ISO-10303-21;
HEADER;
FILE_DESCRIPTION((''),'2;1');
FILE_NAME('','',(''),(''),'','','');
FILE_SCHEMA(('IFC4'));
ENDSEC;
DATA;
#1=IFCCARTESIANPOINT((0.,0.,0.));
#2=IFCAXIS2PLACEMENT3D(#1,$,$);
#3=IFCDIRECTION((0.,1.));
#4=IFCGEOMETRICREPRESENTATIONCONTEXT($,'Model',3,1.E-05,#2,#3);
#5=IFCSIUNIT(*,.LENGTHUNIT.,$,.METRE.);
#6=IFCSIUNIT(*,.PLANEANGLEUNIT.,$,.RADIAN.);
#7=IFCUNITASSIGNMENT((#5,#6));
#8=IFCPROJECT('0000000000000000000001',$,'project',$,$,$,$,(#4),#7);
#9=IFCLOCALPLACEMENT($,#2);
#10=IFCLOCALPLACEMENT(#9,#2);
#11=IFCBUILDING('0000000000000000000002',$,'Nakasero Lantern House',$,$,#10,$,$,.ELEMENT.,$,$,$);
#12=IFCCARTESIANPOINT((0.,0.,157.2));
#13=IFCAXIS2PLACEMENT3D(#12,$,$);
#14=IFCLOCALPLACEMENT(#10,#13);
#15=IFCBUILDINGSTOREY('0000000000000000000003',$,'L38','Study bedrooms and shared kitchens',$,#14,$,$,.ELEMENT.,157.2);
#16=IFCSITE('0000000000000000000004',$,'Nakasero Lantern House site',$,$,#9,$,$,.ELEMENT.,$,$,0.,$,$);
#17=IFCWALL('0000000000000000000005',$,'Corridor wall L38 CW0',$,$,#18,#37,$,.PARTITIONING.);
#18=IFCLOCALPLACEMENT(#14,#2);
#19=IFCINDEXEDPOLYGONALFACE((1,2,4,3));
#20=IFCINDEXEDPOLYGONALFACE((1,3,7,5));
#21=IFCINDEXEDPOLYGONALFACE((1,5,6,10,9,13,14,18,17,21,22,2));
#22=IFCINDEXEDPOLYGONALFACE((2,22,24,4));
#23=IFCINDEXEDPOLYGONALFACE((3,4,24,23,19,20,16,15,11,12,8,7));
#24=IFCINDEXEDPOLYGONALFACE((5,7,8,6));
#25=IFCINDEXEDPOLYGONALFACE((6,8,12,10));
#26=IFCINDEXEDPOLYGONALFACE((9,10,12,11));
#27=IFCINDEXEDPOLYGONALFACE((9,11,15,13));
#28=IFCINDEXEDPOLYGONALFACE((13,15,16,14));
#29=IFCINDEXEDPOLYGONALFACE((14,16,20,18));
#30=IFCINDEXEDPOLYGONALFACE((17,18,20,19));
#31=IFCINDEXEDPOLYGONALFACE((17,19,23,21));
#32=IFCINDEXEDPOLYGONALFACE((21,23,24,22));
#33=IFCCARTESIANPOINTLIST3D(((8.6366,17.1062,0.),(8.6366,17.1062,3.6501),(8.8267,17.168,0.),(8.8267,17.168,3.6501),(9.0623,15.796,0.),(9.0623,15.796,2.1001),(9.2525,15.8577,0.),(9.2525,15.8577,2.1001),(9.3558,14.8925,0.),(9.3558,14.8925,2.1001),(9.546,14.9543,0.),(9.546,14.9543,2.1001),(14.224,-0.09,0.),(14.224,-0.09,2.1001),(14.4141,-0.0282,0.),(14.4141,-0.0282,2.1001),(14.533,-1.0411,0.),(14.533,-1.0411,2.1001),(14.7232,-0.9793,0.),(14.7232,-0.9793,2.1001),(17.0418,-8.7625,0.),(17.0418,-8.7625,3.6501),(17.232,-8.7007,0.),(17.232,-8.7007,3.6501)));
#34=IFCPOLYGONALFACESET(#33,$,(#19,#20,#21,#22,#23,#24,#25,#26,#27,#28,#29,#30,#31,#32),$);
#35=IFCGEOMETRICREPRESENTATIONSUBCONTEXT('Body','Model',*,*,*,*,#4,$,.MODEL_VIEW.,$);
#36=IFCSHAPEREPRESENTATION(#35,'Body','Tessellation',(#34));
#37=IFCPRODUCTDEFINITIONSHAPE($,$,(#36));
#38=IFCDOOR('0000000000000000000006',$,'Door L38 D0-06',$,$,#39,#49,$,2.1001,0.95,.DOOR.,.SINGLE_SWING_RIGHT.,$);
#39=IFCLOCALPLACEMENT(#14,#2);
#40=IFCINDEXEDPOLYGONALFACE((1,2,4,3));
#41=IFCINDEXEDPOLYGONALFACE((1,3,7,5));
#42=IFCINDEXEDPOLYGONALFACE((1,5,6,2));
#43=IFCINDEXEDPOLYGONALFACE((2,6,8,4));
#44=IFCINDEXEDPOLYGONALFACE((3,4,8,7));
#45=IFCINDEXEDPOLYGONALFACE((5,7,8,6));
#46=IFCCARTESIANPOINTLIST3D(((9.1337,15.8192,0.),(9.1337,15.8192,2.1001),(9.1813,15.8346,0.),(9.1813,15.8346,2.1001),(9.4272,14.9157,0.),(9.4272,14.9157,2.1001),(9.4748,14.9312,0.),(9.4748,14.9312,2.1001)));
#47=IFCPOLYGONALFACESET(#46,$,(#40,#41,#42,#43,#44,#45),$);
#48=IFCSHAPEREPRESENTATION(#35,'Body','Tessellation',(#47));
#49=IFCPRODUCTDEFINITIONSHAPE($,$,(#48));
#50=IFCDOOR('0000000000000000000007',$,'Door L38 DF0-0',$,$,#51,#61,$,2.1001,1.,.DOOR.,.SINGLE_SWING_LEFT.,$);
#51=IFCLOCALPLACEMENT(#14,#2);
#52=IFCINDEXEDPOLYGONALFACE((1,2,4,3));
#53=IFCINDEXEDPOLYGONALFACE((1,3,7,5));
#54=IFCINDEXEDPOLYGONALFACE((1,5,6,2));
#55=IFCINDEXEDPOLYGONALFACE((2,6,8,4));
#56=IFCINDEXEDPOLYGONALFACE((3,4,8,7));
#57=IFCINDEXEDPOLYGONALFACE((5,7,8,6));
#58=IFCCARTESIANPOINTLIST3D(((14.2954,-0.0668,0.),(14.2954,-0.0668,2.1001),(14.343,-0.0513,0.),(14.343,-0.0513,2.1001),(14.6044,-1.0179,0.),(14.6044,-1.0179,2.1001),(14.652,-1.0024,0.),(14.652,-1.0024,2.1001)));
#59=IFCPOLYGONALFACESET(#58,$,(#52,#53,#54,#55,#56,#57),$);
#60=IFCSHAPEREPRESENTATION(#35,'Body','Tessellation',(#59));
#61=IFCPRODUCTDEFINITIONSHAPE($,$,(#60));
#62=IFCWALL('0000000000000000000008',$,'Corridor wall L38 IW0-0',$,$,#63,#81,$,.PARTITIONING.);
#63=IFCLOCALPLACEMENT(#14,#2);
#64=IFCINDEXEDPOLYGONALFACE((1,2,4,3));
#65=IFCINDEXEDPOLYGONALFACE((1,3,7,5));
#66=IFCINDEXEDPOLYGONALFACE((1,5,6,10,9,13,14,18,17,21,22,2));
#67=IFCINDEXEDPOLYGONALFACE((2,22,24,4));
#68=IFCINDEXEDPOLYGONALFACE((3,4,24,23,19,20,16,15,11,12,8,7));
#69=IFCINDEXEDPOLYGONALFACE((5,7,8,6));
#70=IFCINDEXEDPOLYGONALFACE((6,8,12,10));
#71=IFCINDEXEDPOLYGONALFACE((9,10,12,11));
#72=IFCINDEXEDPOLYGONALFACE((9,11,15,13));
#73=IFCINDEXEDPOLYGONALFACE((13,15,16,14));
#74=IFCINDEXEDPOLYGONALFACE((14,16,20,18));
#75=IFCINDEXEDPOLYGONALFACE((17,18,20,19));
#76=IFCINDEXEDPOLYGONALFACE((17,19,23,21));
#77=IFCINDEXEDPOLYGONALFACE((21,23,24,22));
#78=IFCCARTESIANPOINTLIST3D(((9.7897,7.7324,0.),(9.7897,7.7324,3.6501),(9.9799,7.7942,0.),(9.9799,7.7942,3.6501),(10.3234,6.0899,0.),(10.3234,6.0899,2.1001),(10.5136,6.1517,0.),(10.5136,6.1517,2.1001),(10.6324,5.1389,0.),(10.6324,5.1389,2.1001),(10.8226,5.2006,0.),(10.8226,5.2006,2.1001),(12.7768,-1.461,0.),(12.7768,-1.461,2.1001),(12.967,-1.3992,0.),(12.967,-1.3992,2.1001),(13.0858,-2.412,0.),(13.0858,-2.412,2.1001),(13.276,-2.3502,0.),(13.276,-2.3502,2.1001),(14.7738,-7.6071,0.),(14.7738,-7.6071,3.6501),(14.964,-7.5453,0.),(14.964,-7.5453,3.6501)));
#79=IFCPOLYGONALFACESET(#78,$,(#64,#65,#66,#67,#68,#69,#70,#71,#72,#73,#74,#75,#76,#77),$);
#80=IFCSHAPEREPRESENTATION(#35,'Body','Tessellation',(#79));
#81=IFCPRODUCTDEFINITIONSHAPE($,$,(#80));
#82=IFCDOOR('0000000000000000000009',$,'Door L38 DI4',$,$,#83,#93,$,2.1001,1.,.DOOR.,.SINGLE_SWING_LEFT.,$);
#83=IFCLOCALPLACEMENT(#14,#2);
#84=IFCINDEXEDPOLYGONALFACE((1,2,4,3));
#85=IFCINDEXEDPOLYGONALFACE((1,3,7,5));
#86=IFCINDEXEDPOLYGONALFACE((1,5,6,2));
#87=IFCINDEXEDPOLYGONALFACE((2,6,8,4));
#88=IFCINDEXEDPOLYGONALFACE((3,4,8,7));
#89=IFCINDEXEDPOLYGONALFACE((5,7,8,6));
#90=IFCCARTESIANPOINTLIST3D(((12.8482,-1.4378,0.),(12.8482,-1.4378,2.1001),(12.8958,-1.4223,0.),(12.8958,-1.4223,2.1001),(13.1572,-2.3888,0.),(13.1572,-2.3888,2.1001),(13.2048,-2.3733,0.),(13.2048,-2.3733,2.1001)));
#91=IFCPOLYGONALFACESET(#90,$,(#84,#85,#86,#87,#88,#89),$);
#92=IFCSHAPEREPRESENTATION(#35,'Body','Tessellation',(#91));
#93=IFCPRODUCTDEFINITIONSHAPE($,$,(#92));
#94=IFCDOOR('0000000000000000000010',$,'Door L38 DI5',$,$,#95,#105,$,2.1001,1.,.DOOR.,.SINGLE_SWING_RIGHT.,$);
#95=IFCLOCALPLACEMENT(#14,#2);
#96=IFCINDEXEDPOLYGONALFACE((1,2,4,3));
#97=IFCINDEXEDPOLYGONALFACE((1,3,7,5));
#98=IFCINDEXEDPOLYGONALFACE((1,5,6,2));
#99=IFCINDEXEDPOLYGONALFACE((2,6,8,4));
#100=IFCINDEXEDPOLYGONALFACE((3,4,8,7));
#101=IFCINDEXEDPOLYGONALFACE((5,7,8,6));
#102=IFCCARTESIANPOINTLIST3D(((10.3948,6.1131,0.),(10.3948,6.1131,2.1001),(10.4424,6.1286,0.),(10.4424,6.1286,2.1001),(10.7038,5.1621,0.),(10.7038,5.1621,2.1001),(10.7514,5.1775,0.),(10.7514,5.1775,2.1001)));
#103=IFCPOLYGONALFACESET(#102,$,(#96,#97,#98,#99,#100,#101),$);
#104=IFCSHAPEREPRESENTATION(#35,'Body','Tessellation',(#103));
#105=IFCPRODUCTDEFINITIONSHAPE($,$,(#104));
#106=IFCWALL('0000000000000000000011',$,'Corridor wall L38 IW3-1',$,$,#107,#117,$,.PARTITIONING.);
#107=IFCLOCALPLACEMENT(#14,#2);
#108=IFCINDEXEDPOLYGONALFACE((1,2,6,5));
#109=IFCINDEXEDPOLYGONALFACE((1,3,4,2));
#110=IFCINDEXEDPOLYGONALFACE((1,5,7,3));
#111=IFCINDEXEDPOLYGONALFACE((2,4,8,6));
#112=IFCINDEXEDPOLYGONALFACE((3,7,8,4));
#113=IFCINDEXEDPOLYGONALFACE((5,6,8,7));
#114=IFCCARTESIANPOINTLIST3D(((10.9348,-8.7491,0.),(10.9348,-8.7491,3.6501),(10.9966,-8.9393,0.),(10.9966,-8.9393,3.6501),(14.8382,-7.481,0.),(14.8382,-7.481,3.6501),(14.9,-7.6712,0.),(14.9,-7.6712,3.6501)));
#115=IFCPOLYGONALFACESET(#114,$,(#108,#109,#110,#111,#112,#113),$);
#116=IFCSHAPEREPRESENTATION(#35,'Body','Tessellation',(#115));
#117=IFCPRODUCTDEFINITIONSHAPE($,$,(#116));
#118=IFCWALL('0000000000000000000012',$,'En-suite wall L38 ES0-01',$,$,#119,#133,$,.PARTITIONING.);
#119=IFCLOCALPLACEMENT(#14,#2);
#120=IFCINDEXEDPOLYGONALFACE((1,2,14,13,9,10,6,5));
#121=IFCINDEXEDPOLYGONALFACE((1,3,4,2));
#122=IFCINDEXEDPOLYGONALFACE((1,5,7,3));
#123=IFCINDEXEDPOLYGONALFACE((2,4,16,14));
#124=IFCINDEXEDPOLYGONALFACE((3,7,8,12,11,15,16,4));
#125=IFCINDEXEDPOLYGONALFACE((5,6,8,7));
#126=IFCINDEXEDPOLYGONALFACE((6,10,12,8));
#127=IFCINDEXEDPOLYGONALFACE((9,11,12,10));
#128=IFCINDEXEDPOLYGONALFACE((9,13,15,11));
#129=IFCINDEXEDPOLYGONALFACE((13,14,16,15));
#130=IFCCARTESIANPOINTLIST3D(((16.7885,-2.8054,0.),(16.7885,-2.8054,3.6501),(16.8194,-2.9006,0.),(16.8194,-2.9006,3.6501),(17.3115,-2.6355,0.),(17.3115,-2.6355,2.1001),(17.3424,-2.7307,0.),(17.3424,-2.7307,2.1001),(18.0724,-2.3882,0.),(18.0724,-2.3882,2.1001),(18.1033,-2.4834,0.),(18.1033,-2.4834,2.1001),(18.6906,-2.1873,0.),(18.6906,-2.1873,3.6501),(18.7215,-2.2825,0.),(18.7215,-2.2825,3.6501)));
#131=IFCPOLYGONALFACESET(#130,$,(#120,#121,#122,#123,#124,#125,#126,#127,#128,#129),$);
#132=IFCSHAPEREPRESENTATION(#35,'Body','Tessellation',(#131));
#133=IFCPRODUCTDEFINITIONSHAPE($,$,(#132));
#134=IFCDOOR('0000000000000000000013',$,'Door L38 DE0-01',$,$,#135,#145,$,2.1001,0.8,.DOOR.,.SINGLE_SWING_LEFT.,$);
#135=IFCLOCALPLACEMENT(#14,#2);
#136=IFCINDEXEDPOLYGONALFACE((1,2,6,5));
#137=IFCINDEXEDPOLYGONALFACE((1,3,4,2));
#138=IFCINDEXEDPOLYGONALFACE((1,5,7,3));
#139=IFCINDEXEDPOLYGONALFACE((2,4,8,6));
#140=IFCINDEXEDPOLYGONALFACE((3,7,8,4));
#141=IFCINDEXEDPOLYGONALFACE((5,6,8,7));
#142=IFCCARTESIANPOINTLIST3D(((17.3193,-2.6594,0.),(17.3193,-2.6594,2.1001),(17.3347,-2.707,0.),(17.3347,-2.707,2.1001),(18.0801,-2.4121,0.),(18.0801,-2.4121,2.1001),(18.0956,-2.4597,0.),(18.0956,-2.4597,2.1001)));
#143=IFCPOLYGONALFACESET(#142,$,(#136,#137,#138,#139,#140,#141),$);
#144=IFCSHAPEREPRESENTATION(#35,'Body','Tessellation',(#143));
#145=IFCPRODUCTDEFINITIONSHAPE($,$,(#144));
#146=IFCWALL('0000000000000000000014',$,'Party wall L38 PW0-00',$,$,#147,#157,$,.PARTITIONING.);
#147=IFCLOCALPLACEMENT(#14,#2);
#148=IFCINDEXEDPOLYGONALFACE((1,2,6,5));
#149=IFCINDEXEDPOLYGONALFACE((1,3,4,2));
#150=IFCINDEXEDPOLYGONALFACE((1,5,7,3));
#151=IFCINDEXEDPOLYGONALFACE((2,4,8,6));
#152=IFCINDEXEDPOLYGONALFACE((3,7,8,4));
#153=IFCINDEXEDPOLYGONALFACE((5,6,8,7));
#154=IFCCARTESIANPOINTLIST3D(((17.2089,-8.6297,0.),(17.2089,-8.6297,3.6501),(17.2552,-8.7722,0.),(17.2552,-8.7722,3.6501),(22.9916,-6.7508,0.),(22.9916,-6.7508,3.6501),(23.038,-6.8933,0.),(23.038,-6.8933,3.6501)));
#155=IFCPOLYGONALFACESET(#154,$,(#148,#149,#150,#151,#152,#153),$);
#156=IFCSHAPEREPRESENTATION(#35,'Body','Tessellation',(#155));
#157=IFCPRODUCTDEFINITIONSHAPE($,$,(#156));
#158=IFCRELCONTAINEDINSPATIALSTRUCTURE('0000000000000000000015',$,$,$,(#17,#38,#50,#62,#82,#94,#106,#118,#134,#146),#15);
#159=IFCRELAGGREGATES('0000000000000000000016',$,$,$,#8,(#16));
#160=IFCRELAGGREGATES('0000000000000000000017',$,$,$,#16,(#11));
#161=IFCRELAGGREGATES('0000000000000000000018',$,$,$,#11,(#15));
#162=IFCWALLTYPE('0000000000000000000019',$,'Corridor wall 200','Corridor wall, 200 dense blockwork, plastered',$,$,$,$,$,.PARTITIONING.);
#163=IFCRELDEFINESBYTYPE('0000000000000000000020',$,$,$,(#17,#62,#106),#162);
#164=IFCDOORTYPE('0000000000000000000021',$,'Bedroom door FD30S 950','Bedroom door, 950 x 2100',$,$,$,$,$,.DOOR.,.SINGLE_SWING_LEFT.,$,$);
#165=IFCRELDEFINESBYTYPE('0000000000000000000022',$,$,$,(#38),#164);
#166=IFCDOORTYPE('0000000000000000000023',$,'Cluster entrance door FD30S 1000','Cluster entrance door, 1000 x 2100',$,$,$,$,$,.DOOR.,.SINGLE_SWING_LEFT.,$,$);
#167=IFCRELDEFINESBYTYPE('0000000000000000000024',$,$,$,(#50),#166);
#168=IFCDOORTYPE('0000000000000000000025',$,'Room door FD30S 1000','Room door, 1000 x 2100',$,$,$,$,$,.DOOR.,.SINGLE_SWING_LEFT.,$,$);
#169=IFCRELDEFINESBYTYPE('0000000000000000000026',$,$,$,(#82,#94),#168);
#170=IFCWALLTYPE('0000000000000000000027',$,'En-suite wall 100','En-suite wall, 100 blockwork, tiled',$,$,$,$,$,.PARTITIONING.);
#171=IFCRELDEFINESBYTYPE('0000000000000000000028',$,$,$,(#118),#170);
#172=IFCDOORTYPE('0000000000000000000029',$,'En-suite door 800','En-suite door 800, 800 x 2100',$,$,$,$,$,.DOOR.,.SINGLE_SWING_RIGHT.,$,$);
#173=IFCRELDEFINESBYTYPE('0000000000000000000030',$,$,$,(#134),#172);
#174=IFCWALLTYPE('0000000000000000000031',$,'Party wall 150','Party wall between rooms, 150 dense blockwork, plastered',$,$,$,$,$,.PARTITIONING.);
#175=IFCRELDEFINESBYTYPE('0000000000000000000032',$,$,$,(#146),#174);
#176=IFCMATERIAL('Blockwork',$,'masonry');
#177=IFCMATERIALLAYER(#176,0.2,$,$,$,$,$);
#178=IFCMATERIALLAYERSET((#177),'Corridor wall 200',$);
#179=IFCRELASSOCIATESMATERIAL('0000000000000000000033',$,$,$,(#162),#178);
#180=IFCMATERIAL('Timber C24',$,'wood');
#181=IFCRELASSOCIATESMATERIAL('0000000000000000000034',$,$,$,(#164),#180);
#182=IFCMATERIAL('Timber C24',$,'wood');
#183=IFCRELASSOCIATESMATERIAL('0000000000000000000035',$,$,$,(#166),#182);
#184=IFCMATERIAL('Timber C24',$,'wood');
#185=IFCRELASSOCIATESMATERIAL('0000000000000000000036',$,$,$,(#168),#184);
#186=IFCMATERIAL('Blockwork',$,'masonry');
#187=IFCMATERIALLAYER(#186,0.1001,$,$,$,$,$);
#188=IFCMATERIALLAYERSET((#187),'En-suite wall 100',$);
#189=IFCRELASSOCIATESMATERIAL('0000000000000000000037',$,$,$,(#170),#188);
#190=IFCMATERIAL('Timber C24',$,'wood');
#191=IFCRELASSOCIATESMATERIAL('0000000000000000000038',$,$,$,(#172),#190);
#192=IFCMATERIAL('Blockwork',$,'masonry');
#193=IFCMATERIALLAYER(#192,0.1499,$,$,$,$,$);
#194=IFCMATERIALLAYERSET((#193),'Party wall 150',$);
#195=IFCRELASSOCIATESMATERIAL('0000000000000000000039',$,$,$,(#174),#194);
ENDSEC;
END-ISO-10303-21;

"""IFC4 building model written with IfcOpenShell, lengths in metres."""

from ifc_helpers import new_model, si_unit, direction, frame, frame_2d, origin, place, context, subcontext, project, spatial, rectangle, extrude, material, layer, layer_set, type_object, element, fill, save


model = new_model("IFC4")

# Units and contexts
model_context = context("Model", 3, precision=1e-05, world=origin(), true_north=direction((0.0, 1.0)))
body_context = subcontext(model_context, "Body", "Model", "MODEL_VIEW")
ifc_project = project(units=[si_unit("LENGTHUNIT", "METRE"), si_unit("PLANEANGLEUNIT", "RADIAN")], contexts=[model_context])

# Site, building, storey
site_placement = place(None, origin())
site = spatial("IfcSite", under=ifc_project, at=site_placement, Name="Nakasero Lantern House site", CompositionType="ELEMENT", RefElevation=0.0)
building_placement = place(site_placement, origin())
building = spatial("IfcBuilding", under=site, at=building_placement, Name="Nakasero Lantern House", CompositionType="ELEMENT")
storey_placement = place(building_placement, frame((0.0, 0.0, 157.2)))
storey = spatial("IfcBuildingStorey", under=building, at=storey_placement, Name="L38", Description="Study bedrooms and shared kitchens", CompositionType="ELEMENT", Elevation=157.2)

# Walls, openings, doors
ifc_material_1 = material(Name="Blockwork", Category="masonry")
ifc_layer_1 = layer(ifc_material_1, 0.2)
ifc_layer_set_1 = layer_set([ifc_layer_1], Name="Corridor wall 200")
wall_type_1 = type_object("IfcWallType", Name="Corridor wall 200", Description="Corridor wall, 200 dense blockwork, plastered", PredefinedType="PARTITIONING", material=ifc_layer_set_1)
wall_1_placement = place(storey_placement, frame((17.137, -8.7317, 0.0), z_axis=(0.0, 0.0, 1.0), x_axis=(-0.309018, 0.951056, 0.0)))
wall_1 = element("IfcWall", 1, at=wall_1_placement, inside=storey, type_object=wall_type_1, Name="Corridor wall L38 CW0", PredefinedType="PARTITIONING", context=body_context, shape_type="SweptSolid", body=[
    extrude(rectangle(XDim=27.2, YDim=0.2, at=frame_2d((13.6001, 0.0))), origin(), (0.0, 0.0, 1.0), 3.6501),
])
opening_1_placement = place(wall_1_placement, frame((8.1189, 0.0, 0.0)))
opening_1 = element("IfcOpeningElement", 2, at=opening_1_placement, cuts=wall_1, PredefinedType="OPENING", context=body_context, shape_type="SweptSolid", body=[
    extrude(rectangle(XDim=1.0, YDim=2.1001, at=frame_2d((0.5, 1.05))), frame((0.0, 0.1199, 0.0), z_axis=(0.0, -1.0, 0.0), x_axis=(1.0, 0.0, 0.0)), (0.0, 0.0, 1.0), 0.24),
])
opening_2_placement = place(wall_1_placement, frame((24.8723, 0.0, 0.0)))
opening_2 = element("IfcOpeningElement", 3, at=opening_2_placement, cuts=wall_1, PredefinedType="OPENING", context=body_context, shape_type="SweptSolid", body=[
    extrude(rectangle(XDim=0.95, YDim=2.1001, at=frame_2d((0.4751, 1.05))), frame((0.0, 0.1199, 0.0), z_axis=(0.0, -1.0, 0.0), x_axis=(1.0, 0.0, 0.0)), (0.0, 0.0, 1.0), 0.24),
])
ifc_material_2 = material(Name="Timber C24", Category="wood")
door_type_1 = type_object("IfcDoorType", Name="Bedroom door FD30S 950", Description="Bedroom door, 950 x 2100", OperationType="SINGLE_SWING_LEFT", PredefinedType="DOOR", material=ifc_material_2)
door_1_placement = place(opening_2_placement, origin())
door_1 = element("IfcDoor", 4, at=door_1_placement, inside=storey, type_object=door_type_1, Name="Door L38 D0-06", OperationType="SINGLE_SWING_RIGHT", OverallHeight=2.1001, OverallWidth=0.95, PredefinedType="DOOR", context=body_context, shape_type="SweptSolid", body=[
    extrude(rectangle(XDim=0.95, YDim=2.1001, at=frame_2d((0.4751, 1.05))), frame((0.0, 0.0249, 0.0), z_axis=(0.0, -1.0, 0.0), x_axis=(1.0, 0.0, 0.0)), (0.0, 0.0, 1.0), 0.05),
])
fill(opening_2, door_1)
ifc_material_3 = material(Name="Timber C24", Category="wood")
door_type_2 = type_object("IfcDoorType", Name="Cluster entrance door FD30S 1000", Description="Cluster entrance door, 1000 x 2100", OperationType="SINGLE_SWING_LEFT", PredefinedType="DOOR", material=ifc_material_3)
door_2_placement = place(opening_1_placement, origin())
door_2 = element("IfcDoor", 5, at=door_2_placement, inside=storey, type_object=door_type_2, Name="Door L38 DF0-0", OperationType="SINGLE_SWING_LEFT", OverallHeight=2.1001, OverallWidth=1.0, PredefinedType="DOOR", context=body_context, shape_type="SweptSolid", body=[
    extrude(rectangle(XDim=1.0, YDim=2.1001, at=frame_2d((0.5, 1.05))), frame((0.0, 0.0249, 0.0), z_axis=(0.0, -1.0, 0.0), x_axis=(1.0, 0.0, 0.0)), (0.0, 0.0, 1.0), 0.05),
])
fill(opening_1, door_2)
wall_2_placement = place(storey_placement, frame((14.8689, -7.5762, 0.0), z_axis=(0.0, 0.0, 1.0), x_axis=(-0.309017, 0.951057, 0.0)))
wall_2 = element("IfcWall", 6, at=wall_2_placement, inside=storey, type_object=wall_type_1, Name="Corridor wall L38 IW0-0", PredefinedType="PARTITIONING", context=body_context, shape_type="SweptSolid", body=[
    extrude(rectangle(XDim=16.1289, YDim=0.2, at=frame_2d((8.0645, 0.0))), origin(), (0.0, 0.0, 1.0), 3.6501),
])
opening_3_placement = place(wall_2_placement, frame((5.4624, 0.0, 0.0)))
opening_3 = element("IfcOpeningElement", 7, at=opening_3_placement, cuts=wall_2, PredefinedType="OPENING", context=body_context, shape_type="SweptSolid", body=[
    extrude(rectangle(XDim=1.0, YDim=2.1001, at=frame_2d((0.5, 1.05))), frame((0.0, 0.1199, 0.0), z_axis=(0.0, -1.0, 0.0), x_axis=(1.0, 0.0, 0.0)), (0.0, 0.0, 1.0), 0.24),
])
opening_4_placement = place(wall_2_placement, frame((13.4019, 0.0, 0.0)))
opening_4 = element("IfcOpeningElement", 8, at=opening_4_placement, cuts=wall_2, PredefinedType="OPENING", context=body_context, shape_type="SweptSolid", body=[
    extrude(rectangle(XDim=1.0, YDim=2.1001, at=frame_2d((0.5, 1.05))), frame((0.0, 0.1199, 0.0), z_axis=(0.0, -1.0, 0.0), x_axis=(1.0, 0.0, 0.0)), (0.0, 0.0, 1.0), 0.24),
])
ifc_material_4 = material(Name="Timber C24", Category="wood")
door_type_3 = type_object("IfcDoorType", Name="Room door FD30S 1000", Description="Room door, 1000 x 2100", OperationType="SINGLE_SWING_LEFT", PredefinedType="DOOR", material=ifc_material_4)
door_3_placement = place(opening_3_placement, origin())
door_3 = element("IfcDoor", 9, at=door_3_placement, inside=storey, type_object=door_type_3, Name="Door L38 DI4", OperationType="SINGLE_SWING_LEFT", OverallHeight=2.1001, OverallWidth=1.0, PredefinedType="DOOR", context=body_context, shape_type="SweptSolid", body=[
    extrude(rectangle(XDim=1.0, YDim=2.1001, at=frame_2d((0.5, 1.05))), frame((0.0, 0.0249, 0.0), z_axis=(0.0, -1.0, 0.0), x_axis=(1.0, 0.0, 0.0)), (0.0, 0.0, 1.0), 0.05),
])
fill(opening_3, door_3)
door_4_placement = place(opening_4_placement, origin())
door_4 = element("IfcDoor", 10, at=door_4_placement, inside=storey, type_object=door_type_3, Name="Door L38 DI5", OperationType="SINGLE_SWING_RIGHT", OverallHeight=2.1001, OverallWidth=1.0, PredefinedType="DOOR", context=body_context, shape_type="SweptSolid", body=[
    extrude(rectangle(XDim=1.0, YDim=2.1001, at=frame_2d((0.5, 1.05))), frame((0.0, 0.0249, 0.0), z_axis=(0.0, -1.0, 0.0), x_axis=(1.0, 0.0, 0.0)), (0.0, 0.0, 1.0), 0.05),
])
fill(opening_4, door_4)

# Wall
wall_3_placement = place(storey_placement, frame((10.9656, -8.8442, 0.0), z_axis=(0.0, 0.0, 1.0), x_axis=(0.951071, 0.308973, 0.0)))
element("IfcWall", 11, at=wall_3_placement, inside=storey, type_object=wall_type_1, Name="Corridor wall L38 IW3-1", PredefinedType="PARTITIONING", context=body_context, shape_type="SweptSolid", body=[
    extrude(rectangle(XDim=4.1042, YDim=0.2, at=frame_2d((2.0522, 0.0))), origin(), (0.0, 0.0, 1.0), 3.6501),
])

# Wall, opening, door
ifc_material_5 = material(Name="Blockwork", Category="masonry")
ifc_layer_2 = layer(ifc_material_5, 0.1001)
ifc_layer_set_2 = layer_set([ifc_layer_2], Name="En-suite wall 100")
wall_type_2 = type_object("IfcWallType", Name="En-suite wall 100", Description="En-suite wall, 100 blockwork, tiled", PredefinedType="PARTITIONING", material=ifc_layer_set_2)
wall_4_placement = place(storey_placement, frame((16.804, -2.853, 0.0), z_axis=(0.0, 0.0, 1.0), x_axis=(0.951037, 0.309078, 0.0)))
wall_4 = element("IfcWall", 12, at=wall_4_placement, inside=storey, type_object=wall_type_2, Name="En-suite wall L38 ES0-01", PredefinedType="PARTITIONING", context=body_context, shape_type="SweptSolid", body=[
    extrude(rectangle(XDim=2.0, YDim=0.1001, at=frame_2d((1.0, 0.0))), origin(), (0.0, 0.0, 1.0), 3.6501),
])
opening_5_placement = place(wall_4_placement, frame((0.55, 0.0, 0.0)))
opening_5 = element("IfcOpeningElement", 13, at=opening_5_placement, cuts=wall_4, PredefinedType="OPENING", context=body_context, shape_type="SweptSolid", body=[
    extrude(rectangle(XDim=0.8, YDim=2.1001, at=frame_2d((0.3999, 1.05))), frame((0.0, 0.0701, 0.0), z_axis=(0.0, -1.0, 0.0), x_axis=(1.0, 0.0, 0.0)), (0.0, 0.0, 1.0), 0.1401),
])
ifc_material_6 = material(Name="Timber C24", Category="wood")
door_type_4 = type_object("IfcDoorType", Name="En-suite door 800", Description="En-suite door 800, 800 x 2100", OperationType="SINGLE_SWING_RIGHT", PredefinedType="DOOR", material=ifc_material_6)
door_5_placement = place(opening_5_placement, origin())
door_5 = element("IfcDoor", 14, at=door_5_placement, inside=storey, type_object=door_type_4, Name="Door L38 DE0-01", OperationType="SINGLE_SWING_LEFT", OverallHeight=2.1001, OverallWidth=0.8, PredefinedType="DOOR", context=body_context, shape_type="SweptSolid", body=[
    extrude(rectangle(XDim=0.8, YDim=2.1001, at=frame_2d((0.3999, 1.05))), frame((0.0, 0.0249, 0.0), z_axis=(0.0, -1.0, 0.0), x_axis=(1.0, 0.0, 0.0)), (0.0, 0.0, 1.0), 0.05),
])
fill(opening_5, door_5)

# Wall
ifc_material_7 = material(Name="Blockwork", Category="masonry")
ifc_layer_3 = layer(ifc_material_7, 0.1499)
ifc_layer_set_3 = layer_set([ifc_layer_3], Name="Party wall 150")
wall_type_3 = type_object("IfcWallType", Name="Party wall 150", Description="Party wall between rooms, 150 dense blockwork, plastered", PredefinedType="PARTITIONING", material=ifc_layer_set_3)
wall_5_placement = place(storey_placement, frame((17.2322, -8.7009, 0.0), z_axis=(0.0, 0.0, 1.0), x_axis=(0.951057, 0.309015, 0.0)))
element("IfcWall", 15, at=wall_5_placement, inside=storey, type_object=wall_type_3, Name="Party wall L38 PW0-00", PredefinedType="PARTITIONING", context=body_context, shape_type="SweptSolid", body=[
    extrude(rectangle(XDim=6.0803, YDim=0.1499, at=frame_2d((3.04, 0.0))), origin(), (0.0, 0.0, 1.0), 3.6501),
])

save(model, "model.ifc")
